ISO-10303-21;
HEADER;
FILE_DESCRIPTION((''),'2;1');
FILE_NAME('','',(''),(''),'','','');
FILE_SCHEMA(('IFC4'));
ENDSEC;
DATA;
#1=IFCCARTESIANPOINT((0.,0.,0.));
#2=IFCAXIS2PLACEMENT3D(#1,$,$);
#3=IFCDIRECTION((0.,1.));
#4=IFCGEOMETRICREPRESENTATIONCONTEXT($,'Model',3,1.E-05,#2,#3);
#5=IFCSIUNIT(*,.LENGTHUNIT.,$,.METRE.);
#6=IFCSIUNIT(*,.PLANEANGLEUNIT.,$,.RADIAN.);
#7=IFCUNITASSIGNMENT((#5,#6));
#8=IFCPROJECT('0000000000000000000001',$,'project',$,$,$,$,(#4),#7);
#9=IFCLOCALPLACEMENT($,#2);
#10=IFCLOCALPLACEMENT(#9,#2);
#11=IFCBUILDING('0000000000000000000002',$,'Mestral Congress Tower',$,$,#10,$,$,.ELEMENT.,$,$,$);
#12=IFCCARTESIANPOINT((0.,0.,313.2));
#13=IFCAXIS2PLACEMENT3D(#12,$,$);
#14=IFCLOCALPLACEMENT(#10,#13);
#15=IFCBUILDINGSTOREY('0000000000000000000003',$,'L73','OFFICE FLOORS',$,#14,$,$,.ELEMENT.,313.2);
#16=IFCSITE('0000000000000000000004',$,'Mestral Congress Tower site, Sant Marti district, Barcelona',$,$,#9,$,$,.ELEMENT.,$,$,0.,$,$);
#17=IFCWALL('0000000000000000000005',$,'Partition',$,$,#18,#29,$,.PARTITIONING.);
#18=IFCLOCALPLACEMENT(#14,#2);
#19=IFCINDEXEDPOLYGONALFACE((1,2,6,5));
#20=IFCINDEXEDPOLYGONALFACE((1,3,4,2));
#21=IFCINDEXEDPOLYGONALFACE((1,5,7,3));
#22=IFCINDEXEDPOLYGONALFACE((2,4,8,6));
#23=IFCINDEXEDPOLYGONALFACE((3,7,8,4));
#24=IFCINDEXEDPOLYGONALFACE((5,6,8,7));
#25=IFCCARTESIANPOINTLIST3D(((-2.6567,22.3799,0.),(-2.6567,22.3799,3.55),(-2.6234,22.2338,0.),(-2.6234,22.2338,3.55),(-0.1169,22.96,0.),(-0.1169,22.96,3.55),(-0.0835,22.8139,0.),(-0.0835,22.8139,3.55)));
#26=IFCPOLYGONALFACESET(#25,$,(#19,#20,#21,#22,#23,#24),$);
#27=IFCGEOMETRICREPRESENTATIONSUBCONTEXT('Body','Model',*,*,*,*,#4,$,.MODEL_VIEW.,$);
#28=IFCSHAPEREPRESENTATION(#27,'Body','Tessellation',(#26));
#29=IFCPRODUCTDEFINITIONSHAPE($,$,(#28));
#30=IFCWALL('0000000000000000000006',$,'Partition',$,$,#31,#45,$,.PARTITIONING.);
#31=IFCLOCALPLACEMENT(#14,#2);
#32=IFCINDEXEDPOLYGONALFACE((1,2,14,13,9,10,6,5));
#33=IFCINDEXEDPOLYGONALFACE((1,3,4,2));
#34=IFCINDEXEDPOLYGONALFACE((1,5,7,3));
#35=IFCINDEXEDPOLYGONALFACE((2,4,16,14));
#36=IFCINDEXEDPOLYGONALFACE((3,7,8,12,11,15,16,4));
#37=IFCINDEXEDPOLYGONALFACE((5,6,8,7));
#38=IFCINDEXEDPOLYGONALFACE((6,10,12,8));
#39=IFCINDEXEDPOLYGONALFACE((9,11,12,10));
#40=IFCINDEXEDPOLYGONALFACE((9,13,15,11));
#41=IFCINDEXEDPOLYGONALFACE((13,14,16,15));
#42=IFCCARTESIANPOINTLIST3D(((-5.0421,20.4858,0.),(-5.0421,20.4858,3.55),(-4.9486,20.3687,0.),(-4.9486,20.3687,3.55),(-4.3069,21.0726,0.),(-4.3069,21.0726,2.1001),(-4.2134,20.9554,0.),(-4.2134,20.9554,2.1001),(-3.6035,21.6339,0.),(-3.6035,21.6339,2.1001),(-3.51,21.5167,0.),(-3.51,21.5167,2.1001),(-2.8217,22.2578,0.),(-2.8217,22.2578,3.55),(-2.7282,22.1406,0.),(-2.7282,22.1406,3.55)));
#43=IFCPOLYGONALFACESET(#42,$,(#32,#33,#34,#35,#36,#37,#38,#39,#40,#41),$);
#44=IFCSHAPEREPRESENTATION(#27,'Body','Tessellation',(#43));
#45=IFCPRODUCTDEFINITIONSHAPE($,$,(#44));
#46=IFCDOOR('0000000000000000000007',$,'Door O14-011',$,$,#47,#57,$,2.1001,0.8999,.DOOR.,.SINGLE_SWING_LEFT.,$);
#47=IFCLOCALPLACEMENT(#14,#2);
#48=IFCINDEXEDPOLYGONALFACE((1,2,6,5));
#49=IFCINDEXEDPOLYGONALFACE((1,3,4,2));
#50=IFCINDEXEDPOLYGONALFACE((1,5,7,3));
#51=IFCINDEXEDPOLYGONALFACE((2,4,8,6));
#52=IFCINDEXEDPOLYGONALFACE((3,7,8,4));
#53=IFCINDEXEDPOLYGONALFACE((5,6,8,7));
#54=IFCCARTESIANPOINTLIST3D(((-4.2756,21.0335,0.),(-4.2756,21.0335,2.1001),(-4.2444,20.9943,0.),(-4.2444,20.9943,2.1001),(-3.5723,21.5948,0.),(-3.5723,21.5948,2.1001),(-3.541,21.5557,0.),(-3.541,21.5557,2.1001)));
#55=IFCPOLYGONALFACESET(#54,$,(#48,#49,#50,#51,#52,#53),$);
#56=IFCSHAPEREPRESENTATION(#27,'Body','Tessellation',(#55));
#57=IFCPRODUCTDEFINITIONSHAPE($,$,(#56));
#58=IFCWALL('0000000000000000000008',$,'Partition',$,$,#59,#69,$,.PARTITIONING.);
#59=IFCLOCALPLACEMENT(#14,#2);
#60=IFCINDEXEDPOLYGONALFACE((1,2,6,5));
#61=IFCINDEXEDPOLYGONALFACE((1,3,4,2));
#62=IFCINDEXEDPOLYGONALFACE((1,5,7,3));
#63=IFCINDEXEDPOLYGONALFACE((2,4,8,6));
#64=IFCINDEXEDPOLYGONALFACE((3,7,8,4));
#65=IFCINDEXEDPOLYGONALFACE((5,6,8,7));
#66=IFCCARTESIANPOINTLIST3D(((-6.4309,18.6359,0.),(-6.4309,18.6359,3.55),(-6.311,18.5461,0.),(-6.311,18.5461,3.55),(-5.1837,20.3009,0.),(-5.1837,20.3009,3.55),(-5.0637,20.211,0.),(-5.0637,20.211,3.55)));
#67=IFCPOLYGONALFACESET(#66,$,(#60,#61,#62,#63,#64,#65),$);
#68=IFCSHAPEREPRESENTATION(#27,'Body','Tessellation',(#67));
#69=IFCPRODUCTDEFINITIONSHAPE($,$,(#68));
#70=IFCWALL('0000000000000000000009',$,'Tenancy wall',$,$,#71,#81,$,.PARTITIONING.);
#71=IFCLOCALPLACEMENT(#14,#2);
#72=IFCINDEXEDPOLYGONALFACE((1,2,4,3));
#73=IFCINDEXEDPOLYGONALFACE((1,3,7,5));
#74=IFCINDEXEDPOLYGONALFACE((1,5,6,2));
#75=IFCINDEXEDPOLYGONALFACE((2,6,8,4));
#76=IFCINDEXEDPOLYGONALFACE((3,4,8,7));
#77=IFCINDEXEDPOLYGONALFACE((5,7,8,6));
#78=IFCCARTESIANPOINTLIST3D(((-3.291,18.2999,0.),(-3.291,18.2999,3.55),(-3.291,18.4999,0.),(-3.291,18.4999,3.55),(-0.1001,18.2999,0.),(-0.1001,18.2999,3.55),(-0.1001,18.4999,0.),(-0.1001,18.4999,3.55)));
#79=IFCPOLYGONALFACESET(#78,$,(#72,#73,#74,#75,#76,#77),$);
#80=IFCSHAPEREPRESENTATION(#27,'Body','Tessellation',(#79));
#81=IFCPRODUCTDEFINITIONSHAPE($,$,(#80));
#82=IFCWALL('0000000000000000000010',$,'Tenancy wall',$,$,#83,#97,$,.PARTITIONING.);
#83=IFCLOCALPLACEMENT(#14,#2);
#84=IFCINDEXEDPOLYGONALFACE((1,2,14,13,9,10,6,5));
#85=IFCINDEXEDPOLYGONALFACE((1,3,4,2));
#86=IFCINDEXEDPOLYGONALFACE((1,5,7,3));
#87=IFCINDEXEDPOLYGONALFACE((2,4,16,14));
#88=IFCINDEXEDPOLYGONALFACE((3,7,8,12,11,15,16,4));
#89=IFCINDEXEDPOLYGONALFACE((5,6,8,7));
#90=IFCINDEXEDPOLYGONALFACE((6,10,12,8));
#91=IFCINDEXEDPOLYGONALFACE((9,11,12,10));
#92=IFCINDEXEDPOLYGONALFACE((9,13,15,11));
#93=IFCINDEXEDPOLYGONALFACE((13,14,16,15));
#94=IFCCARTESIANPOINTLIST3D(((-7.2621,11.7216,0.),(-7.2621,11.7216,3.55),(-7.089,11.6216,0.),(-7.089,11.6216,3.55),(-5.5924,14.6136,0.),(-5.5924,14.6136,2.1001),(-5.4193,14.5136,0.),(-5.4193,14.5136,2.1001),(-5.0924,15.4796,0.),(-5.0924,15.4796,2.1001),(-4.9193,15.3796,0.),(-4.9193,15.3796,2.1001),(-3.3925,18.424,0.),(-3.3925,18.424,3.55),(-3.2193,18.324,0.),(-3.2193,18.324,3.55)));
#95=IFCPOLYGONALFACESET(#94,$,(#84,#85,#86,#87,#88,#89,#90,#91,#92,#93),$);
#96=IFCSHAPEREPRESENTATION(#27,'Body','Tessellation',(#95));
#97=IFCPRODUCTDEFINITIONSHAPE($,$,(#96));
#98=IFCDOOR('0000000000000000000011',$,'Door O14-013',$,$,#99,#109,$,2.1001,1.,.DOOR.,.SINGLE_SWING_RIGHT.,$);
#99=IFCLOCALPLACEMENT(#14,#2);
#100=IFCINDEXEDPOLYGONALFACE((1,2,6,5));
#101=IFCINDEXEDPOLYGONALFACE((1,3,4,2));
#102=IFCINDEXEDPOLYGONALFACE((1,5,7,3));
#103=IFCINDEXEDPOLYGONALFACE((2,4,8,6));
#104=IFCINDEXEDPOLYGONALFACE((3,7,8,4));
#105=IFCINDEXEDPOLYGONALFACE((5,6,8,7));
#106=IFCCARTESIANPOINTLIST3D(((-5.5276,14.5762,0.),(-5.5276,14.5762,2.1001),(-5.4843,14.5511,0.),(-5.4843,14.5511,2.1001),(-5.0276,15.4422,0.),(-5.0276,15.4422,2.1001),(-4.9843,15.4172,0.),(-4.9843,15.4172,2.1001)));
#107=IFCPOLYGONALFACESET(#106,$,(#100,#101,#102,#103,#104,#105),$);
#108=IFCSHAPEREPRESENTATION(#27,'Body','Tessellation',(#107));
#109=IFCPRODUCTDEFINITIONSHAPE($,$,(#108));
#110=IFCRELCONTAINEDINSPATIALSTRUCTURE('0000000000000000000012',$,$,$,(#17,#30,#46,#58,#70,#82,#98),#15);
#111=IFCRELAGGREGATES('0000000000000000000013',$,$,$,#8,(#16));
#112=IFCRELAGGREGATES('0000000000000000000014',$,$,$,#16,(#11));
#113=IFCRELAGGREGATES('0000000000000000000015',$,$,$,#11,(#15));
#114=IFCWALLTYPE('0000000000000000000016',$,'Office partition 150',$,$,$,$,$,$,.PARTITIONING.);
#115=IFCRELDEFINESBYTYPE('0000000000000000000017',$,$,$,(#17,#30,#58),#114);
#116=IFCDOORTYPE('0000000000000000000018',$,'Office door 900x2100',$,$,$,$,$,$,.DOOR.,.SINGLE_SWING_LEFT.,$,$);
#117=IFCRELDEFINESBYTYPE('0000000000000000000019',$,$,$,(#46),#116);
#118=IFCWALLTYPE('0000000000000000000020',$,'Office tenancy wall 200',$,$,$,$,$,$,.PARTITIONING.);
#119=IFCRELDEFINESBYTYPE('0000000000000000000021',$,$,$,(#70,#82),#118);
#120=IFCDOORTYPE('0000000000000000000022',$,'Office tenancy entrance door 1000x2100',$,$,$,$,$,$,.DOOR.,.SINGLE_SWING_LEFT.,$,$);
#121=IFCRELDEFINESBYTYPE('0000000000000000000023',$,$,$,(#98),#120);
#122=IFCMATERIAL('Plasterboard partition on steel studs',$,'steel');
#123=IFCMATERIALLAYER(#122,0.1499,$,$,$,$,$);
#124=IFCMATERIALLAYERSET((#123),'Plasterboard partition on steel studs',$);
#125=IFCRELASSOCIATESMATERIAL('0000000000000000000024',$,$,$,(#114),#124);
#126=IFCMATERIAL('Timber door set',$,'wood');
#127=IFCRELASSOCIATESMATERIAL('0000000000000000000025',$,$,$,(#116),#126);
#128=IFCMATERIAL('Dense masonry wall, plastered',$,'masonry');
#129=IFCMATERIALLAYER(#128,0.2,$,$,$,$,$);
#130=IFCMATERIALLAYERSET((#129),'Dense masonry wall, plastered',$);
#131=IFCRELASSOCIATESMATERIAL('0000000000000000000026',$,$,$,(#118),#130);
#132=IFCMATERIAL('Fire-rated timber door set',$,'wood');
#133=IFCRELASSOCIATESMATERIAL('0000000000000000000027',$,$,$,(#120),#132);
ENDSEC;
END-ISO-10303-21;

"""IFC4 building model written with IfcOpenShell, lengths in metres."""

from ifc_helpers import new_model, si_unit, direction, frame, frame_2d, origin, place, context, subcontext, project, spatial, rectangle, extrude, material, layer, layer_set, type_object, element, fill, save


model = new_model("IFC4")

# Units and contexts
model_context = context("Model", 3, precision=1e-05, world=origin(), true_north=direction((0.0, 1.0)))
body_context = subcontext(model_context, "Body", "Model", "MODEL_VIEW")
ifc_project = project(units=[si_unit("LENGTHUNIT", "METRE"), si_unit("PLANEANGLEUNIT", "RADIAN")], contexts=[model_context])

# Site, building, storey
site_placement = place(None, origin())
site = spatial("IfcSite", under=ifc_project, at=site_placement, Name="Mestral Congress Tower site, Sant Marti district, Barcelona", CompositionType="ELEMENT", RefElevation=0.0)
building_placement = place(site_placement, origin())
building = spatial("IfcBuilding", under=site, at=building_placement, Name="Mestral Congress Tower", CompositionType="ELEMENT")
storey_placement = place(building_placement, frame((0.0, 0.0, 313.2)))
storey = spatial("IfcBuildingStorey", under=building, at=storey_placement, Name="L73", Description="OFFICE FLOORS", CompositionType="ELEMENT", Elevation=313.2)

# Wall
ifc_material_1 = material(Name="Plasterboard partition on steel studs", Category="steel")
ifc_layer_1 = layer(ifc_material_1, 0.1499)
ifc_layer_set_1 = layer_set([ifc_layer_1], Name="Plasterboard partition on steel studs")
wall_type_1 = type_object("IfcWallType", Name="Office partition 150", PredefinedType="PARTITIONING", material=ifc_layer_set_1)
wall_1_placement = place(storey_placement, frame((-0.1001, 22.887, 0.0), z_axis=(0.0, 0.0, 1.0), x_axis=(-0.974896, -0.222662, 0.0)))
element("IfcWall", 1, at=wall_1_placement, inside=storey, type_object=wall_type_1, Name="Partition", PredefinedType="PARTITIONING", context=body_context, shape_type="SweptSolid", body=[
    extrude(rectangle(XDim=2.6052, YDim=0.1499, at=frame_2d((1.3027, 0.0))), origin(), (0.0, 0.0, 1.0), 3.55),
])

# Wall, opening, door
wall_2_placement = place(storey_placement, frame((-4.9954, 20.4272, 0.0), z_axis=(0.0, 0.0, 1.0), x_axis=(0.781623, 0.623751, 0.0)))
wall_2 = element("IfcWall", 2, at=wall_2_placement, inside=storey, type_object=wall_type_1, Name="Partition", PredefinedType="PARTITIONING", context=body_context, shape_type="SweptSolid", body=[
    extrude(rectangle(XDim=2.8408, YDim=0.1499, at=frame_2d((1.4204, 0.0))), origin(), (0.0, 0.0, 1.0), 3.55),
])
opening_1_placement = place(wall_2_placement, frame((0.9407, 0.0, 0.0)))
opening_1 = element("IfcOpeningElement", 3, at=opening_1_placement, cuts=wall_2, PredefinedType="OPENING", context=body_context, shape_type="SweptSolid", body=[
    extrude(rectangle(XDim=0.8999, YDim=2.1001, at=frame_2d((0.45, 1.05))), frame((0.0, 0.085, 0.0), z_axis=(0.0, -1.0, 0.0), x_axis=(1.0, 0.0, 0.0)), (0.0, 0.0, 1.0), 0.1699),
])
ifc_material_2 = material(Name="Timber door set", Category="wood")
door_type_1 = type_object("IfcDoorType", Name="Office door 900x2100", OperationType="SINGLE_SWING_LEFT", PredefinedType="DOOR", material=ifc_material_2)
door_1_placement = place(opening_1_placement, origin())
door_1 = element("IfcDoor", 4, at=door_1_placement, inside=storey, type_object=door_type_1, Name="Door O14-011", OperationType="SINGLE_SWING_LEFT", OverallHeight=2.1001, OverallWidth=0.8999, PredefinedType="DOOR", context=body_context, shape_type="SweptSolid", body=[
    extrude(rectangle(XDim=0.8999, YDim=2.1001, at=frame_2d((0.45, 1.05))), frame((0.0, 0.0249, 0.0), z_axis=(0.0, -1.0, 0.0), x_axis=(1.0, 0.0, 0.0)), (0.0, 0.0, 1.0), 0.05),
])
fill(opening_1, door_1)

# Walls
wall_3_placement = place(storey_placement, frame((-5.1238, 20.2559, 0.0), z_axis=(0.0, 0.0, 1.0), x_axis=(-0.599549, -0.800338, 0.0)))
element("IfcWall", 5, at=wall_3_placement, inside=storey, type_object=wall_type_1, Name="Partition", PredefinedType="PARTITIONING", context=body_context, shape_type="SweptSolid", body=[
    extrude(rectangle(XDim=2.0803, YDim=0.1499, at=frame_2d((1.04, 0.0))), origin(), (0.0, 0.0, 1.0), 3.55),
])
ifc_material_3 = material(Name="Dense masonry wall, plastered", Category="masonry")
ifc_layer_2 = layer(ifc_material_3, 0.2)
ifc_layer_set_2 = layer_set([ifc_layer_2], Name="Dense masonry wall, plastered")
wall_type_2 = type_object("IfcWallType", Name="Office tenancy wall 200", PredefinedType="PARTITIONING", material=ifc_layer_set_2)
wall_4_placement = place(storey_placement, frame((-0.1001, 18.3999, 0.0), z_axis=(0.0, 0.0, 1.0), x_axis=(-1.0, 0.0, 0.0)))
element("IfcWall", 6, at=wall_4_placement, inside=storey, type_object=wall_type_2, Name="Tenancy wall", PredefinedType="PARTITIONING", context=body_context, shape_type="SweptSolid", body=[
    extrude(rectangle(XDim=3.1909, YDim=0.2, at=frame_2d((1.5955, 0.0))), origin(), (0.0, 0.0, 1.0), 3.55),
])

# Wall, opening, door
wall_5_placement = place(storey_placement, frame((-3.3059, 18.374, 0.0), z_axis=(0.0, 0.0, 1.0), x_axis=(-0.5, -0.866025, 0.0)))
wall_5 = element("IfcWall", 7, at=wall_5_placement, inside=storey, type_object=wall_type_2, Name="Tenancy wall", PredefinedType="PARTITIONING", context=body_context, shape_type="SweptSolid", body=[
    extrude(rectangle(XDim=7.7393, YDim=0.2, at=frame_2d((3.8696, 0.0))), origin(), (0.0, 0.0, 1.0), 3.55),
])
opening_2_placement = place(wall_5_placement, frame((3.3999, 0.0, 0.0)))
opening_2 = element("IfcOpeningElement", 8, at=opening_2_placement, cuts=wall_5, PredefinedType="OPENING", context=body_context, shape_type="SweptSolid", body=[
    extrude(rectangle(XDim=1.0, YDim=2.1001, at=frame_2d((0.5, 1.05))), frame((0.0, 0.1099, 0.0), z_axis=(0.0, -1.0, 0.0), x_axis=(1.0, 0.0, 0.0)), (0.0, 0.0, 1.0), 0.22),
])
ifc_material_4 = material(Name="Fire-rated timber door set", Category="wood")
door_type_2 = type_object("IfcDoorType", Name="Office tenancy entrance door 1000x2100", OperationType="SINGLE_SWING_LEFT", PredefinedType="DOOR", material=ifc_material_4)
door_2_placement = place(opening_2_placement, origin())
door_2 = element("IfcDoor", 9, at=door_2_placement, inside=storey, type_object=door_type_2, Name="Door O14-013", OperationType="SINGLE_SWING_RIGHT", OverallHeight=2.1001, OverallWidth=1.0, PredefinedType="DOOR", context=body_context, shape_type="SweptSolid", body=[
    extrude(rectangle(XDim=1.0, YDim=2.1001, at=frame_2d((0.5, 1.05))), frame((0.0, 0.0249, 0.0), z_axis=(0.0, -1.0, 0.0), x_axis=(1.0, 0.0, 0.0)), (0.0, 0.0, 1.0), 0.05),
])
fill(opening_2, door_2)

save(model, "model.ifc")
